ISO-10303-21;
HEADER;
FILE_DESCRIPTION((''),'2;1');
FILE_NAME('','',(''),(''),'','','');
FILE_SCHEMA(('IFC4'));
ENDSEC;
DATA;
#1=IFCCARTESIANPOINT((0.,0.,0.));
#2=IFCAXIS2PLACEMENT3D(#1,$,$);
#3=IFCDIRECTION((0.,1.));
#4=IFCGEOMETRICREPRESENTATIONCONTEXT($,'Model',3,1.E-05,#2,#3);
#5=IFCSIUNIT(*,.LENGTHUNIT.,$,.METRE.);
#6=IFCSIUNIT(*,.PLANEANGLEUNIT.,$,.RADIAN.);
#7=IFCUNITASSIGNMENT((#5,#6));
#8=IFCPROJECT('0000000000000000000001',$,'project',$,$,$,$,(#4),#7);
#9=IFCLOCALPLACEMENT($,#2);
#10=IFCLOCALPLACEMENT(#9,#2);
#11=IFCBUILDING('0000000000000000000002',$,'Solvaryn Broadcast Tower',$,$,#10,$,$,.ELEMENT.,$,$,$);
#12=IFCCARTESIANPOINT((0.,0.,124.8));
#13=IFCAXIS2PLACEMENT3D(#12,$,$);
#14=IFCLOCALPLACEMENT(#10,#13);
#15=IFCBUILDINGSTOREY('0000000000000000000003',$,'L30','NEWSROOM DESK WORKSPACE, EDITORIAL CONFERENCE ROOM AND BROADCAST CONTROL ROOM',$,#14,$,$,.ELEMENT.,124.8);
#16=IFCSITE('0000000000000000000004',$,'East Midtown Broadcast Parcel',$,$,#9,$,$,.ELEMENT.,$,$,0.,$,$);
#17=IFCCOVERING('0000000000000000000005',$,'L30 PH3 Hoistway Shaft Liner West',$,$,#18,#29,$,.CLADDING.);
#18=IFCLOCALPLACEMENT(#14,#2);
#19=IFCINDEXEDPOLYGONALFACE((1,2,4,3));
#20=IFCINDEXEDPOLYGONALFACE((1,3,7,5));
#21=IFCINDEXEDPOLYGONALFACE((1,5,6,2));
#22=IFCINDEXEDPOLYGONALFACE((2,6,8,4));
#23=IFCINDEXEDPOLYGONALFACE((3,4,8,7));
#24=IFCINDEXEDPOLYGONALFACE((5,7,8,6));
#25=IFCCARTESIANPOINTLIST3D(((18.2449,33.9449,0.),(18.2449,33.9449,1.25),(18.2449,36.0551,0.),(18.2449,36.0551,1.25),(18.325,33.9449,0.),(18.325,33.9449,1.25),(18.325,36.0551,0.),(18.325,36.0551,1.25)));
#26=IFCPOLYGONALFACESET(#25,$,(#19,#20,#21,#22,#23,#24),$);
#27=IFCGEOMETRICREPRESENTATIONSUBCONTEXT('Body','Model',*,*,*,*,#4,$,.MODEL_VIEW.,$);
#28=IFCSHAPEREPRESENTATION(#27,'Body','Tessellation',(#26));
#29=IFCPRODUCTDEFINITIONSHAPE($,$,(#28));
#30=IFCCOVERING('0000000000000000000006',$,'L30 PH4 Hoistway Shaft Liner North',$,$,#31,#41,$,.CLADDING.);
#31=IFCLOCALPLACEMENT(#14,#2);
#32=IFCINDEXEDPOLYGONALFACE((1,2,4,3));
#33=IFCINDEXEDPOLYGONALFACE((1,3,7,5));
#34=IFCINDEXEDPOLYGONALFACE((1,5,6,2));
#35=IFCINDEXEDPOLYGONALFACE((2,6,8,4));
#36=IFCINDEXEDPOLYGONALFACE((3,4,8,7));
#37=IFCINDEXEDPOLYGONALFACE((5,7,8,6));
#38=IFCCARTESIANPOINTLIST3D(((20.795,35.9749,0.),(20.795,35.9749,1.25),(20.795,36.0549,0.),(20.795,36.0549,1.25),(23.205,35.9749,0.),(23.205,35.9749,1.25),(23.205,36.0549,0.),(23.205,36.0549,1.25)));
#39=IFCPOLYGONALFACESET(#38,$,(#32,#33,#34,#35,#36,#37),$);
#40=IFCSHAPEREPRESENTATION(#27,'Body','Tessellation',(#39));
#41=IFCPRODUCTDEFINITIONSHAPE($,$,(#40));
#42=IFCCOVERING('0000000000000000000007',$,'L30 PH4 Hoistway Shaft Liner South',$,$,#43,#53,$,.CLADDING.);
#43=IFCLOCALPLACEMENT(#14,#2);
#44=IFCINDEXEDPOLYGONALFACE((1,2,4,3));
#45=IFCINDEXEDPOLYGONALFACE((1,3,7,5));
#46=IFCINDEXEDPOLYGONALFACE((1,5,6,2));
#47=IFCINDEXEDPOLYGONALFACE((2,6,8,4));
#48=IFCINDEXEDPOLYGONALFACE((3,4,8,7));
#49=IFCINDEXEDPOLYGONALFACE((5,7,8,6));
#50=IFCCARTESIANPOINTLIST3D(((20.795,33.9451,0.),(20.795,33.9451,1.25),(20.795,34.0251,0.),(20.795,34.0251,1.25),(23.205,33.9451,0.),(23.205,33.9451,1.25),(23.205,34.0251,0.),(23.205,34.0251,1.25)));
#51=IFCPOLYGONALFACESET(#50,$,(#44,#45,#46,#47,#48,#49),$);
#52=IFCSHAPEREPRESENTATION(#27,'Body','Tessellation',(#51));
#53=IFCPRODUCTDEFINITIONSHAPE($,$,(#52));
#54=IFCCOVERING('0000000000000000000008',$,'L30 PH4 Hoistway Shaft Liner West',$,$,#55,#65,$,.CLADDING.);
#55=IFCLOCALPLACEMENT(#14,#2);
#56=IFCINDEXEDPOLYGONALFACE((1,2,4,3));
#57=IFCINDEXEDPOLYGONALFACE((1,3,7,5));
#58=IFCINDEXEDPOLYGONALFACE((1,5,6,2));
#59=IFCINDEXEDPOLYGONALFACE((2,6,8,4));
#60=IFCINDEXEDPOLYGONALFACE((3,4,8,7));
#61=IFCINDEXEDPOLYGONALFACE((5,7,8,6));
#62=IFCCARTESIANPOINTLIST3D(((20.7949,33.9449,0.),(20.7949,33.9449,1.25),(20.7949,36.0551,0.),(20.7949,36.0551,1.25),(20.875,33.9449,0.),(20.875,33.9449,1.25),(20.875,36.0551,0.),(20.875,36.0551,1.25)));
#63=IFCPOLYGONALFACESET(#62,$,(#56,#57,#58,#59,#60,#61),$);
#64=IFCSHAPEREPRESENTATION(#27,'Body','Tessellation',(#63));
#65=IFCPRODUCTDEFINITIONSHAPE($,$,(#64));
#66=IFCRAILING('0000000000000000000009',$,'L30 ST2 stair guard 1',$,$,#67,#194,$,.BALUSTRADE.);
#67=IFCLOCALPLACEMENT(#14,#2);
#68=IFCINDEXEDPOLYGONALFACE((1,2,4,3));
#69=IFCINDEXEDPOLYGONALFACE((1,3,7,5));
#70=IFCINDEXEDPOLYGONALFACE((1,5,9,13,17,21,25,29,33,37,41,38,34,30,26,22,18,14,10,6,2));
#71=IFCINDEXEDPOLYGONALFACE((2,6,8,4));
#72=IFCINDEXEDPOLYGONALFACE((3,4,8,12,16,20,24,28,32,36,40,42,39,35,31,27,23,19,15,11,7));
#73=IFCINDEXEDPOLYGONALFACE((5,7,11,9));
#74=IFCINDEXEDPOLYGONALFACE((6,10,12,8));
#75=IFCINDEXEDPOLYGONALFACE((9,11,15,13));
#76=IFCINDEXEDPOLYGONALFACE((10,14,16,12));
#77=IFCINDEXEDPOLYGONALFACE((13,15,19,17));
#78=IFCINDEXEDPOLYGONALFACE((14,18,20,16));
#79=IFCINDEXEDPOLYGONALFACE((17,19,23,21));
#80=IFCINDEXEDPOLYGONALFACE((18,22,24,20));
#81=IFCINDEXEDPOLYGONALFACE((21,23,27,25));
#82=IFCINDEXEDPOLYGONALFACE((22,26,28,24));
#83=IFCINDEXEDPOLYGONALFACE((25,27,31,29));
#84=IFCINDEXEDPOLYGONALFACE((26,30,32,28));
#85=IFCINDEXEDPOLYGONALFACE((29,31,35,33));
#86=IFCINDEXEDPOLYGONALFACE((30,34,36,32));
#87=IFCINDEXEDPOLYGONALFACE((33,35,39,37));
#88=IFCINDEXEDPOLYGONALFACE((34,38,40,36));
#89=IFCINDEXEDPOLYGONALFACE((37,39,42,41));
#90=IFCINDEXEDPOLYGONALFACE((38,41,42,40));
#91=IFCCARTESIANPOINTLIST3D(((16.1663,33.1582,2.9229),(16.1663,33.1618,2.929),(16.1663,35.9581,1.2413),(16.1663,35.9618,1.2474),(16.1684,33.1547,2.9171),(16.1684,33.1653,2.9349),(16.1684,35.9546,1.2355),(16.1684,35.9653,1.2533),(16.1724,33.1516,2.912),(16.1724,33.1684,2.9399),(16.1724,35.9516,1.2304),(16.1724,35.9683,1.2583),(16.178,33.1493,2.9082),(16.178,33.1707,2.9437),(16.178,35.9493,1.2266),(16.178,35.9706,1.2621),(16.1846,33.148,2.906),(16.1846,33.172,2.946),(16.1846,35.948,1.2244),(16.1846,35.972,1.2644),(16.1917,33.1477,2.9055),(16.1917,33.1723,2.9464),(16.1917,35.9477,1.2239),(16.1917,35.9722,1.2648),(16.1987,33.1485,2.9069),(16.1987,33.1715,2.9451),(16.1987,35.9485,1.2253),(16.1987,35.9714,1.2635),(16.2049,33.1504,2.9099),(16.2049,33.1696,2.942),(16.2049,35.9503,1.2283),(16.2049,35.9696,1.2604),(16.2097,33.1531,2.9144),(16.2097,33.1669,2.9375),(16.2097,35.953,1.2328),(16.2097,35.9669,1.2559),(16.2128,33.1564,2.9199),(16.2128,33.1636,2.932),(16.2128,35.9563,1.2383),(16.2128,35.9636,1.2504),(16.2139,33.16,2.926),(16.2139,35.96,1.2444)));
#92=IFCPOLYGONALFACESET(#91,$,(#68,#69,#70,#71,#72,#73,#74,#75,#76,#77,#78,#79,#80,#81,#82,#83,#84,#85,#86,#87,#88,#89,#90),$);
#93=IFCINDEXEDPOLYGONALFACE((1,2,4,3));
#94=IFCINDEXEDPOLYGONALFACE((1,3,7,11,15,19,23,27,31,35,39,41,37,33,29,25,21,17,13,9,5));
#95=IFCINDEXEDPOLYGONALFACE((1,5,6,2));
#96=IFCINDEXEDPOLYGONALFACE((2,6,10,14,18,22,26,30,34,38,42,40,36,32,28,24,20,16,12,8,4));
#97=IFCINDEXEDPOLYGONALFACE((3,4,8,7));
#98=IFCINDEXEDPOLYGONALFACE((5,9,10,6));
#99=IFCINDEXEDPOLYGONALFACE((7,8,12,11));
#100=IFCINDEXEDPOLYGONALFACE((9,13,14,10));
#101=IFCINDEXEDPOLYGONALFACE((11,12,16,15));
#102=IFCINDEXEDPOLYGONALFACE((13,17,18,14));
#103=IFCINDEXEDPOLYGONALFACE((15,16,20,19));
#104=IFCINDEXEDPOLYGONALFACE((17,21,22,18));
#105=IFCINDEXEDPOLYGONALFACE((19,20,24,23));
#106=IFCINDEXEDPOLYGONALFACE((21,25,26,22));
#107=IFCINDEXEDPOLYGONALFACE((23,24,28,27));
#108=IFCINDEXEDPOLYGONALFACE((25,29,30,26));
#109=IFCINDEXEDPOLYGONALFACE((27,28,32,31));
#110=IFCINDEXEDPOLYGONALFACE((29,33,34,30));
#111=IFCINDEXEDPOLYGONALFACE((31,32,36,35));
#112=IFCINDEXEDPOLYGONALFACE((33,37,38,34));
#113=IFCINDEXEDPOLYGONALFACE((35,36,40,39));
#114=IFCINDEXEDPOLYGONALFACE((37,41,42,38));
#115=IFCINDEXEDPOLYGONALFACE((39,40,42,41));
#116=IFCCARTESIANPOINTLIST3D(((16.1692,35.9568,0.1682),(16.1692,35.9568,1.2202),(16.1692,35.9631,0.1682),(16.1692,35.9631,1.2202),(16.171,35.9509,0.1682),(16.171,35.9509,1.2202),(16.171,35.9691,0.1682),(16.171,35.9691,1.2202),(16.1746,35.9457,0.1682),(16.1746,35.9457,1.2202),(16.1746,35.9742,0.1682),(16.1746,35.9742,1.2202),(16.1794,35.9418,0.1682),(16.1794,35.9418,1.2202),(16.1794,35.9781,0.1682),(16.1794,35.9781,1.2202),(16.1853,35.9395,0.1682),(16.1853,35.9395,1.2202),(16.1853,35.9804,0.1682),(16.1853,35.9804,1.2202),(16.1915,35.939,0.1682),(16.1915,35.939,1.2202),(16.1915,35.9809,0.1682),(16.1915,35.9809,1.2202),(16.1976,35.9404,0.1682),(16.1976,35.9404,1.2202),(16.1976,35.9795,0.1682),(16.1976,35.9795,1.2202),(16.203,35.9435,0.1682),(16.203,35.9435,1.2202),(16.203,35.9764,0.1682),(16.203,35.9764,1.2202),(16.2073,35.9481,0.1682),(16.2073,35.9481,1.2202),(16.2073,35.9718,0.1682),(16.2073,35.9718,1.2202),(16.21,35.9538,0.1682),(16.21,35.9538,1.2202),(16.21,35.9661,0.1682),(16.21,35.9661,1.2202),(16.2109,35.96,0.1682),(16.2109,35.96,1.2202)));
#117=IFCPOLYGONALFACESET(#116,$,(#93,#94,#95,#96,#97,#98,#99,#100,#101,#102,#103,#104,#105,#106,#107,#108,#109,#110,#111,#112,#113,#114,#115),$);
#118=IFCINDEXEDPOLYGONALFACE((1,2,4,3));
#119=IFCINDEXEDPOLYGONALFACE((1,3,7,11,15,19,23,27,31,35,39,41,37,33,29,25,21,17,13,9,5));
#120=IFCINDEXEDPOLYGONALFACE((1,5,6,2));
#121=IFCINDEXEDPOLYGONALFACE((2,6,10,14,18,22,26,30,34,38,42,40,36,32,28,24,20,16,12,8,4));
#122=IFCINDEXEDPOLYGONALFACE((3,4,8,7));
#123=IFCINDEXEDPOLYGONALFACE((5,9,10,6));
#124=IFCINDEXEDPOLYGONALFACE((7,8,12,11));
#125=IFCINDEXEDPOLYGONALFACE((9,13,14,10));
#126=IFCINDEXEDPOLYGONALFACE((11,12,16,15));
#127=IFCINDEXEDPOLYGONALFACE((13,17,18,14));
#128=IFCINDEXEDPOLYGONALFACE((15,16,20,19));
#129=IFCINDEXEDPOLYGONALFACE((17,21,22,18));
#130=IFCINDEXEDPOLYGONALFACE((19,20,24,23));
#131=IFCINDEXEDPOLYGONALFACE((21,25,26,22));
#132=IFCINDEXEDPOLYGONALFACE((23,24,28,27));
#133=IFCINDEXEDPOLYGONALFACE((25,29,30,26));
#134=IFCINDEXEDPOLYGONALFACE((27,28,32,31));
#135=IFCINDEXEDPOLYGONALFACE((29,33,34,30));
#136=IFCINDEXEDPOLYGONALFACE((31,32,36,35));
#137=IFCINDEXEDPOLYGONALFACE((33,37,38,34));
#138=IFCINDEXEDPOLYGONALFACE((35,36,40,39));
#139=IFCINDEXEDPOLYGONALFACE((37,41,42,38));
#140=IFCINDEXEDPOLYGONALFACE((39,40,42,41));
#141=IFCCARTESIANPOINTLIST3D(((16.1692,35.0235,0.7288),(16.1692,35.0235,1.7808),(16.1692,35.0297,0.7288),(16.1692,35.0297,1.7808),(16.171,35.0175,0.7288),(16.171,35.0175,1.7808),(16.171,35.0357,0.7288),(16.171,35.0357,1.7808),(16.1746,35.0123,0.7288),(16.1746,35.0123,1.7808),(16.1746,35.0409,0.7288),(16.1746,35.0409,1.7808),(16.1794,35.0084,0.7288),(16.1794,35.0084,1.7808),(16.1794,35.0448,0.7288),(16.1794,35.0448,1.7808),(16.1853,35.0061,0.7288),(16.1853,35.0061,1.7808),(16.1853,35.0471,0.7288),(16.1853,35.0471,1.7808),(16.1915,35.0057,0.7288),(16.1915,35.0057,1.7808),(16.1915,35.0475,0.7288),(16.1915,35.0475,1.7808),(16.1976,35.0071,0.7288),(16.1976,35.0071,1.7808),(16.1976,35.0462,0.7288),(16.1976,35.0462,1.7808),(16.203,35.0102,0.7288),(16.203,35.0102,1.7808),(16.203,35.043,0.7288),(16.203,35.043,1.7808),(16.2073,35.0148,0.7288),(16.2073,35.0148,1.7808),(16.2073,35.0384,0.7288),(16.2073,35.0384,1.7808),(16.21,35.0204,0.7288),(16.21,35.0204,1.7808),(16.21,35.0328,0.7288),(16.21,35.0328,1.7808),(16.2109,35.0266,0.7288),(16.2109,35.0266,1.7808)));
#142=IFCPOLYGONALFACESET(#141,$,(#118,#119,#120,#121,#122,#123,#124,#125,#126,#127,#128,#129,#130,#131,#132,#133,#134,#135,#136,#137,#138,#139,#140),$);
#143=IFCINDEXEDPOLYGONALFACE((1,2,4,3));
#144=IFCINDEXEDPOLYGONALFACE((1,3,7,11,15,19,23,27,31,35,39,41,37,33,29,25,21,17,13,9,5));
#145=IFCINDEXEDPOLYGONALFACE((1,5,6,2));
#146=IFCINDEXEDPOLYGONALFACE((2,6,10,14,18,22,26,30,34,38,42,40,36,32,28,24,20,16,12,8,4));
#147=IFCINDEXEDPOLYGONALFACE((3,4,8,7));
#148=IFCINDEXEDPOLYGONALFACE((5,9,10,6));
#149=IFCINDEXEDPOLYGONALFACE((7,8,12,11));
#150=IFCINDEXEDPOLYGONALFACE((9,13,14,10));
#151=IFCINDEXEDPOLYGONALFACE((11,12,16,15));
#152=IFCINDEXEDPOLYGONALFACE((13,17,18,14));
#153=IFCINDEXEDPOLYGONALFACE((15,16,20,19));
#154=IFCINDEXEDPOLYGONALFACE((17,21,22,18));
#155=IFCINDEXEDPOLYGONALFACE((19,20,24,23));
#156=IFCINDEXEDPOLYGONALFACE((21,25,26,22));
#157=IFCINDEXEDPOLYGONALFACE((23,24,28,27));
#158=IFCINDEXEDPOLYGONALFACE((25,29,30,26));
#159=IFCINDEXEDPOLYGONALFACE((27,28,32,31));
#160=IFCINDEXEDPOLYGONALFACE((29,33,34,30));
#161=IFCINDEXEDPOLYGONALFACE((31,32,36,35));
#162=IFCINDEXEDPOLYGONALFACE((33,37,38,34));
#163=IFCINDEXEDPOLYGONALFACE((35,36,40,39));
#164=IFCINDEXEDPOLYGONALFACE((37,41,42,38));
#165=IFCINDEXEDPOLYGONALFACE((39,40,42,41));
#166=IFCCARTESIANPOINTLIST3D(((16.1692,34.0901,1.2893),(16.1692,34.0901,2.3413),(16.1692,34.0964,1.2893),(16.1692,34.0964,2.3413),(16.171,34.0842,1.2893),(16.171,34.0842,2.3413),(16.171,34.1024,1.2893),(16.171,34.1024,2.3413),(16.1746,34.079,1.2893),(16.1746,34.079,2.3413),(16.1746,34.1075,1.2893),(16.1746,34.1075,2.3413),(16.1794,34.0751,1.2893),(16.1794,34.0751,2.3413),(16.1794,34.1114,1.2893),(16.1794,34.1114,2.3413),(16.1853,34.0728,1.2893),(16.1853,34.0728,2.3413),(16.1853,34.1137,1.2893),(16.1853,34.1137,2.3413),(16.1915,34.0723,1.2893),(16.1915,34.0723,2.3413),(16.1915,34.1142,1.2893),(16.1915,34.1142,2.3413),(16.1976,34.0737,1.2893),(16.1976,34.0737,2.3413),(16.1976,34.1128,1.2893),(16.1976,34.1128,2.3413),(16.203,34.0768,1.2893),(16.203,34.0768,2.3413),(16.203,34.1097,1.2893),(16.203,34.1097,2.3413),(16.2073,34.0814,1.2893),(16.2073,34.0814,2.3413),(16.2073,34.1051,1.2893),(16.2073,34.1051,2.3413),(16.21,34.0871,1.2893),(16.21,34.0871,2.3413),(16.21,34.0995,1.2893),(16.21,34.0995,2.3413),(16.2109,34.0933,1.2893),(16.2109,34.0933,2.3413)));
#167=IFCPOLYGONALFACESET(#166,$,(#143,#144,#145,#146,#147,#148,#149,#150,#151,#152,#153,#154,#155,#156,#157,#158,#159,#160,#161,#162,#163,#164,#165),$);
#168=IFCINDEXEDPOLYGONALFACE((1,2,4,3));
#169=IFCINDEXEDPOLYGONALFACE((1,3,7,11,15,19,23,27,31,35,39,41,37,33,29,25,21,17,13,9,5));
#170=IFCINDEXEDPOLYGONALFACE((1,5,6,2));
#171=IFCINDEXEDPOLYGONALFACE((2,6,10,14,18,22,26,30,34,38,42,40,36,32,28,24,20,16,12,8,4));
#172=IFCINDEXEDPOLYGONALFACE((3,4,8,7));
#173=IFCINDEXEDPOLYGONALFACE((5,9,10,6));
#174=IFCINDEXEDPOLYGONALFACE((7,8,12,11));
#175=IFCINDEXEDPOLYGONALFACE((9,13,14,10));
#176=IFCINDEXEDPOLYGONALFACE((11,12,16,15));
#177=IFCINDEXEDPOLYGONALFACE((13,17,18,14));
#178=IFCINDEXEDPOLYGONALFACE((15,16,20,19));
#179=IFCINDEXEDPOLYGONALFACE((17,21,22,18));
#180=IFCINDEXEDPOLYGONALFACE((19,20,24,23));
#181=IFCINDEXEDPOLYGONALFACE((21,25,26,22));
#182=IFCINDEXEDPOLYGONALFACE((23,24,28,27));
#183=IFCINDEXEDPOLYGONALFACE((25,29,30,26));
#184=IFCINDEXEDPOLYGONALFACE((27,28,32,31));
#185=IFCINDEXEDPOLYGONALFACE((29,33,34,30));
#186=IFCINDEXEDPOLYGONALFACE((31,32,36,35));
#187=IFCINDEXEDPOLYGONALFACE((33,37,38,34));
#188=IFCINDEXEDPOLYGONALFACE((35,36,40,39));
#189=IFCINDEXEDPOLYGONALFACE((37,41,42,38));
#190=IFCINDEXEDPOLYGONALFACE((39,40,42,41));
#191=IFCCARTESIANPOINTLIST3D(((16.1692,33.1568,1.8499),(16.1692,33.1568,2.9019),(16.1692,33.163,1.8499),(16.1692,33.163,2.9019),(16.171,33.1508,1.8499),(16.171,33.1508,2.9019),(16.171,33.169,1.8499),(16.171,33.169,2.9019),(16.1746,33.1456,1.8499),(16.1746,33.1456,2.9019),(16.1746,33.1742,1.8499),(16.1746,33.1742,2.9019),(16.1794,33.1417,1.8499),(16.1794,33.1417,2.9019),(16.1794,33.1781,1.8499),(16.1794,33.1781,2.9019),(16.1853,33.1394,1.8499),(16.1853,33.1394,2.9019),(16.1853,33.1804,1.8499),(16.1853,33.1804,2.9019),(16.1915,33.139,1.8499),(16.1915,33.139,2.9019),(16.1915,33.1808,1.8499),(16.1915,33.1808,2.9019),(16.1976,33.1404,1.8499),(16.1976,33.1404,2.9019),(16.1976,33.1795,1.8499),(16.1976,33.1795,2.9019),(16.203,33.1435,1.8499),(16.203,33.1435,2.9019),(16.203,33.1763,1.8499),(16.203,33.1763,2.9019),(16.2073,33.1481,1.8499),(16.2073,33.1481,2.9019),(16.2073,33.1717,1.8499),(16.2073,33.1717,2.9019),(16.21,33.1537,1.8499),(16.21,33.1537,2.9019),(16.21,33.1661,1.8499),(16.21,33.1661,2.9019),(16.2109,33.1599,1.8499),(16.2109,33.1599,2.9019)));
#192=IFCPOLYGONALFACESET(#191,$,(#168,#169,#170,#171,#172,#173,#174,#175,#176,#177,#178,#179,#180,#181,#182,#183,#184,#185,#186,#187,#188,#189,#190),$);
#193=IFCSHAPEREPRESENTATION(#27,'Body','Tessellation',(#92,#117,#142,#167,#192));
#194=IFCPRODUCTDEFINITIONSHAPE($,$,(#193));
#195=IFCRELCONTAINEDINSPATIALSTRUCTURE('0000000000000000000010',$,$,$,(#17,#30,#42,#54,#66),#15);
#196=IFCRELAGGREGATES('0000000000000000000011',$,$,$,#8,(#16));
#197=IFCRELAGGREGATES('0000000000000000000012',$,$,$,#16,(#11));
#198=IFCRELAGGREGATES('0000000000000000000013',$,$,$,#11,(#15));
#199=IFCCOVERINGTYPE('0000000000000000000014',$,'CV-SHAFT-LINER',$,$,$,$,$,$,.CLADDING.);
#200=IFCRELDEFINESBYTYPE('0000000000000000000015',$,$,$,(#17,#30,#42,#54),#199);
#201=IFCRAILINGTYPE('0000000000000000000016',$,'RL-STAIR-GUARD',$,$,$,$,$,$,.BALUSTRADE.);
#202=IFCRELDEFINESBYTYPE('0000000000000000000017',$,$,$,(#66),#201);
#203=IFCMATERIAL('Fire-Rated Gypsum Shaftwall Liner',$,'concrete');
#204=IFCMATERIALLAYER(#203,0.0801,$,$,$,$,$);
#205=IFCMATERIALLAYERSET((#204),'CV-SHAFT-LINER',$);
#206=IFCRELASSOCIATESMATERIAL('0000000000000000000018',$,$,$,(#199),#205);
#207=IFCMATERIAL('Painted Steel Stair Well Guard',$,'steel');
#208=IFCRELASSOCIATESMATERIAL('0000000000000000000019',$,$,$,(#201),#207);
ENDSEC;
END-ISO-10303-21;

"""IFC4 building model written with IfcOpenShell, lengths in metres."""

from ifc_helpers import new_model, si_unit, direction, frame, origin, origin_2d, place, context, subcontext, project, spatial, rectangle, circle, extrude, material, layer, layer_set, type_object, element, save


model = new_model("IFC4")

# Units and contexts
model_context = context("Model", 3, precision=1e-05, world=origin(), true_north=direction((0.0, 1.0)))
body_context = subcontext(model_context, "Body", "Model", "MODEL_VIEW")
ifc_project = project(units=[si_unit("LENGTHUNIT", "METRE"), si_unit("PLANEANGLEUNIT", "RADIAN")], contexts=[model_context])

# Site, building, storey
site_placement = place(None, origin())
site = spatial("IfcSite", under=ifc_project, at=site_placement, Name="East Midtown Broadcast Parcel", CompositionType="ELEMENT", RefElevation=0.0)
building_placement = place(site_placement, origin())
building = spatial("IfcBuilding", under=site, at=building_placement, Name="Solvaryn Broadcast Tower", CompositionType="ELEMENT")
storey_placement = place(building_placement, frame((0.0, 0.0, 124.8)))
storey = spatial("IfcBuildingStorey", under=building, at=storey_placement, Name="L30", Description="NEWSROOM DESK WORKSPACE, EDITORIAL CONFERENCE ROOM AND BROADCAST CONTROL ROOM", CompositionType="ELEMENT", Elevation=124.8)

# Coverings
ifc_material_1 = material(Name="Fire-Rated Gypsum Shaftwall Liner", Category="concrete")
ifc_layer_1 = layer(ifc_material_1, 0.0801)
ifc_layer_set_1 = layer_set([ifc_layer_1], Name="CV-SHAFT-LINER")
covering_type = type_object("IfcCoveringType", Name="CV-SHAFT-LINER", PredefinedType="CLADDING", material=ifc_layer_set_1)
for number, where, z_axis, x_axis, name in (
    (1, (18.2849, 35.0, 0.0), (0.0, 0.0, 1.0), (1.0, 0.0, 0.0), "L30 PH3 Hoistway Shaft Liner West"),
):
    element("IfcCovering", number, at=place(storey_placement, frame(where, z_axis=z_axis, x_axis=x_axis)), inside=storey, type_object=covering_type, Name=name, PredefinedType="CLADDING", context=body_context, shape_type="SweptSolid", body=[
        extrude(rectangle(XDim=0.0801, YDim=2.1101, at=origin_2d()), origin(), (0.0, 0.0, 1.0), 1.25),
    ])
for number, where, z_axis, x_axis, name in (
    (2, (22.0, 36.0149, 0.0), (0.0, 0.0, 1.0), (1.0, 0.0, 0.0), "L30 PH4 Hoistway Shaft Liner North"),
    (3, (22.0, 33.9851, 0.0), (0.0, 0.0, 1.0), (1.0, 0.0, 0.0), "L30 PH4 Hoistway Shaft Liner South"),
):
    element("IfcCovering", number, at=place(storey_placement, frame(where, z_axis=z_axis, x_axis=x_axis)), inside=storey, type_object=covering_type, Name=name, PredefinedType="CLADDING", context=body_context, shape_type="SweptSolid", body=[
        extrude(rectangle(XDim=2.4099, YDim=0.0801, at=origin_2d()), origin(), (0.0, 0.0, 1.0), 1.25),
    ])
covering_1_placement = place(storey_placement, frame((20.835, 35.0, 0.0), z_axis=(0.0, 0.0, 1.0), x_axis=(1.0, 0.0, 0.0)))
element("IfcCovering", 4, at=covering_1_placement, inside=storey, type_object=covering_type, Name="L30 PH4 Hoistway Shaft Liner West", PredefinedType="CLADDING", context=body_context, shape_type="SweptSolid", body=[
    extrude(rectangle(XDim=0.0801, YDim=2.1101, at=origin_2d()), origin(), (0.0, 0.0, 1.0), 1.25),
])

# Railing
ifc_material_2 = material(Name="Painted Steel Stair Well Guard", Category="steel")
railing_type_1 = type_object("IfcRailingType", Name="RL-STAIR-GUARD", PredefinedType="BALUSTRADE", material=ifc_material_2)
railing_1_placement = place(storey_placement, frame((16.1899, 35.96, 0.1682)))
element("IfcRailing", 5, at=railing_1_placement, inside=storey, type_object=railing_type_1, Name="L30 ST2 stair guard 1", PredefinedType="BALUSTRADE", context=body_context, shape_type="SweptSolid", body=[
    extrude(circle(Radius=0.0239, at=origin_2d()), frame((0.0, 0.0, 1.0762), z_axis=(0.0, -0.857275, 0.514858), x_axis=(1.0, 0.0, 0.0)), (0.0, 0.0, 1.0), 3.2661),
    extrude(circle(Radius=0.021, at=origin_2d()), origin(), (0.0, 0.0, 1.0), 1.052),
    extrude(circle(Radius=0.021, at=origin_2d()), frame((0.0, -0.9333, 0.5605)), (0.0, 0.0, 1.0), 1.052),
    extrude(circle(Radius=0.021, at=origin_2d()), frame((0.0, -1.8667, 1.1211)), (0.0, 0.0, 1.0), 1.052),
    extrude(circle(Radius=0.021, at=origin_2d()), frame((0.0, -2.8, 1.6816)), (0.0, 0.0, 1.0), 1.052),
])

save(model, "model.ifc")
